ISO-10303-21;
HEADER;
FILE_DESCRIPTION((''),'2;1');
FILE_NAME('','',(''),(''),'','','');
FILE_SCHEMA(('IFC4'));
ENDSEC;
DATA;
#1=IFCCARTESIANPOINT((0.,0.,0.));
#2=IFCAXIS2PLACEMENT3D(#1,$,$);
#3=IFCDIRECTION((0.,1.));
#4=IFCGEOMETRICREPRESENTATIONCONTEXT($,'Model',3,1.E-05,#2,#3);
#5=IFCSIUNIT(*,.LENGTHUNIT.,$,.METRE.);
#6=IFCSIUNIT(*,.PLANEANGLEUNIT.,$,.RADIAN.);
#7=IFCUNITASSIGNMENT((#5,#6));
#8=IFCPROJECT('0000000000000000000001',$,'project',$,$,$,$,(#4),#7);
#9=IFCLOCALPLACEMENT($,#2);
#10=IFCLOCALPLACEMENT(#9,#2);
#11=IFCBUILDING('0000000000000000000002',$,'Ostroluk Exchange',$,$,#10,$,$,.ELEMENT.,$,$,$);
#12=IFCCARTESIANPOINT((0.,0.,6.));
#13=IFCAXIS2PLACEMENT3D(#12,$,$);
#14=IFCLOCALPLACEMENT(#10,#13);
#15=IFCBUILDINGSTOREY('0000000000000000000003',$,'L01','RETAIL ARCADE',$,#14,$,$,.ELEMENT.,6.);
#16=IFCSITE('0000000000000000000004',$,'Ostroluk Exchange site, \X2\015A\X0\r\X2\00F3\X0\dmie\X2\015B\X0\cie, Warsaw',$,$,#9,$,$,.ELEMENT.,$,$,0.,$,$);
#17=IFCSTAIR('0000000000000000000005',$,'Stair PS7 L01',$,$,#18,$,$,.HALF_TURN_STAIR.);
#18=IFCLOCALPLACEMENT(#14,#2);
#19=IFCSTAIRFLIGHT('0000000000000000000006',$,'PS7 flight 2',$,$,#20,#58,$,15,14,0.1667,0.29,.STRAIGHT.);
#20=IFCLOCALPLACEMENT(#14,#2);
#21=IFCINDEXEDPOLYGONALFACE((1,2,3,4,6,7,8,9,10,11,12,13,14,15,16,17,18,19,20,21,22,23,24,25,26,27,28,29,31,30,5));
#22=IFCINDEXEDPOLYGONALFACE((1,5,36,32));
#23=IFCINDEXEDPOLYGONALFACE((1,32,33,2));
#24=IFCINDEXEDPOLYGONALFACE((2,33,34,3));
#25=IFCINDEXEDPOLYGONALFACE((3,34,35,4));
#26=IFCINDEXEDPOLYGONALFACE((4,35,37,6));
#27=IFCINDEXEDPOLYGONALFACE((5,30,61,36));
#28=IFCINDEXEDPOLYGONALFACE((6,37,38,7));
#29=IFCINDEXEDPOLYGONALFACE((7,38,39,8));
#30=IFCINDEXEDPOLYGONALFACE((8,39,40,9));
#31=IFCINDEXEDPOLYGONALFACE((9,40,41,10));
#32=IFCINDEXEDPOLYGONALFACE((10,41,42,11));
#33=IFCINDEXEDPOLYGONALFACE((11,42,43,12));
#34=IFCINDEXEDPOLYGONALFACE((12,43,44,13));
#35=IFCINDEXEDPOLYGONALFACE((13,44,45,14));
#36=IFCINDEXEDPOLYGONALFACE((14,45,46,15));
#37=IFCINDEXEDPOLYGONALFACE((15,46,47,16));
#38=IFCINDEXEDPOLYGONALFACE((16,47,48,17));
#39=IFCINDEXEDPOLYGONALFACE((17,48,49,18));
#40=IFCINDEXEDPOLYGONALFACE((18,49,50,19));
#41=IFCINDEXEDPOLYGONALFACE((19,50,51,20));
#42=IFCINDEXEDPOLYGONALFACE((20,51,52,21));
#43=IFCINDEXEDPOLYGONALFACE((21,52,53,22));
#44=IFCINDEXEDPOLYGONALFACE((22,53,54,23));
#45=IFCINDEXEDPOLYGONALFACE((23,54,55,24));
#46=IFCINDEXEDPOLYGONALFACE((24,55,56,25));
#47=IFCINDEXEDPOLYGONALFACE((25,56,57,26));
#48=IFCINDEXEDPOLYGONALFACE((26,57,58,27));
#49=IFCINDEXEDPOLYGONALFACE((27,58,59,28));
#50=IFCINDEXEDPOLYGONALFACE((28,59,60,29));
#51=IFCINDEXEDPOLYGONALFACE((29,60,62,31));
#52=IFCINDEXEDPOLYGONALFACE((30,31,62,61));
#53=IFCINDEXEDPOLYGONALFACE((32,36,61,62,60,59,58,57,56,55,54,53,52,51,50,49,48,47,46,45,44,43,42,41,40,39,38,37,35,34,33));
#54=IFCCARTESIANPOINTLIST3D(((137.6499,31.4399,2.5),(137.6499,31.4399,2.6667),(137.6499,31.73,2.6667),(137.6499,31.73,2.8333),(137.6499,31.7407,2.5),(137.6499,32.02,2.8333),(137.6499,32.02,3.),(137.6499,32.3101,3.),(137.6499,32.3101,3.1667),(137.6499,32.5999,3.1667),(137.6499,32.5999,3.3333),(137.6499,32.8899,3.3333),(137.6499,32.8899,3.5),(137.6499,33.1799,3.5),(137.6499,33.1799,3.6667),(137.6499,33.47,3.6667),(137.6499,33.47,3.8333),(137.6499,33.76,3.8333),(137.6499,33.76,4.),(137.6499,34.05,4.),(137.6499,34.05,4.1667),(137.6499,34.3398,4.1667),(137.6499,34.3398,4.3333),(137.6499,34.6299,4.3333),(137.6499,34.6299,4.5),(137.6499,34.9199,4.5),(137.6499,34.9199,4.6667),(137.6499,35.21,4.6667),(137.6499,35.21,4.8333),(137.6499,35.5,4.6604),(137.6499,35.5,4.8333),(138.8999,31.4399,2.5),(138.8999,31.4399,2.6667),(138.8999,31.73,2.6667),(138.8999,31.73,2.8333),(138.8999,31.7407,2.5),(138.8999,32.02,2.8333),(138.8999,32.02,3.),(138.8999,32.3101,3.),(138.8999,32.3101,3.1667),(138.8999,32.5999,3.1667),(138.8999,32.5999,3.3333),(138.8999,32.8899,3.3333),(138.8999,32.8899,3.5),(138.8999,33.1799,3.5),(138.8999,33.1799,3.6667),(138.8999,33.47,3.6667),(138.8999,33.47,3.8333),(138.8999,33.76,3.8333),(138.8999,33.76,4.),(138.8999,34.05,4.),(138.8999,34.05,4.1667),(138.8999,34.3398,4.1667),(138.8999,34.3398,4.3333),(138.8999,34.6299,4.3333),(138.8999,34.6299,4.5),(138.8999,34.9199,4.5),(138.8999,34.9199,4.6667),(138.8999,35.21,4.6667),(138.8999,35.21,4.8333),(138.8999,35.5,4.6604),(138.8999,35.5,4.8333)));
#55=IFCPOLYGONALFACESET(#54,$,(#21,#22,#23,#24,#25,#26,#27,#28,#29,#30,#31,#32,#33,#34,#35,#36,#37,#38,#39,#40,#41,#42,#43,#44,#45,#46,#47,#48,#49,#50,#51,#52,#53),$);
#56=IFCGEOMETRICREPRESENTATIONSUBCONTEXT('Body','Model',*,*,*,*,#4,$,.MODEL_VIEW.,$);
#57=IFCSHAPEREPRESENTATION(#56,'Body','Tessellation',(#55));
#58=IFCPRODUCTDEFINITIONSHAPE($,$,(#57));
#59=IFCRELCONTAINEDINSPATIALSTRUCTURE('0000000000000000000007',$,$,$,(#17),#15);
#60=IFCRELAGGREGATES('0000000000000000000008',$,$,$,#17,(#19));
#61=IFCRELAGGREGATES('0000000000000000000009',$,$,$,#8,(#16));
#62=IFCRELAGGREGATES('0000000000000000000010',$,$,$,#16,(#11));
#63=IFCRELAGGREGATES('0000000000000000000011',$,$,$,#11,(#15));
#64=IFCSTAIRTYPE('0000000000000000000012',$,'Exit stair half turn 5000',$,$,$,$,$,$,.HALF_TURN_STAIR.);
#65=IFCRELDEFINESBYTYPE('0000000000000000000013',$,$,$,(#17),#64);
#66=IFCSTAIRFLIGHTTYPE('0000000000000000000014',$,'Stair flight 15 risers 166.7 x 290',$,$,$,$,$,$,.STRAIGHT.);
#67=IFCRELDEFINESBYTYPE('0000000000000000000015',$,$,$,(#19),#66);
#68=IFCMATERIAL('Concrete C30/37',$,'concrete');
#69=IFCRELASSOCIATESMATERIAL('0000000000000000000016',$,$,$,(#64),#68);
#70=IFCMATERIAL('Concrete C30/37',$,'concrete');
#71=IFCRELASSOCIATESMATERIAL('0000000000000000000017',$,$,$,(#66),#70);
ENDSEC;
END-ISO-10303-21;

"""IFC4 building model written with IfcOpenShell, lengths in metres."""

from ifc_helpers import new_model, si_unit, direction, frame, origin, place, context, subcontext, project, spatial, polyline, outline, extrude, material, type_object, element, aggregate, save


model = new_model("IFC4")

# Units and contexts
model_context = context("Model", 3, precision=1e-05, world=origin(), true_north=direction((0.0, 1.0)))
body_context = subcontext(model_context, "Body", "Model", "MODEL_VIEW")
ifc_project = project(units=[si_unit("LENGTHUNIT", "METRE"), si_unit("PLANEANGLEUNIT", "RADIAN")], contexts=[model_context])

# Site, building, storey
site_placement = place(None, origin())
site = spatial("IfcSite", under=ifc_project, at=site_placement, Name="Ostroluk Exchange site, Śródmieście, Warsaw", CompositionType="ELEMENT", RefElevation=0.0)
building_placement = place(site_placement, origin())
building = spatial("IfcBuilding", under=site, at=building_placement, Name="Ostroluk Exchange", CompositionType="ELEMENT")
storey_placement = place(building_placement, frame((0.0, 0.0, 6.0)))
storey = spatial("IfcBuildingStorey", under=building, at=storey_placement, Name="L01", Description="RETAIL ARCADE", CompositionType="ELEMENT", Elevation=6.0)

# Stair, stair flight
ifc_material_1 = material(Name="Concrete C30/37", Category="concrete")
stair_type = type_object("IfcStairType", Name="Exit stair half turn 5000", PredefinedType="HALF_TURN_STAIR", material=ifc_material_1)
stair_placement = place(storey_placement, origin())
stair = element("IfcStair", 1, at=stair_placement, inside=storey, type_object=stair_type, Name="Stair PS7 L01", PredefinedType="HALF_TURN_STAIR")
ifc_material_2 = material(Name="Concrete C30/37", Category="concrete")
stair_flight_type = type_object("IfcStairFlightType", Name="Stair flight 15 risers 166.7 x 290", PredefinedType="STRAIGHT", material=ifc_material_2)
stair_flight_1_placement = place(storey_placement, frame((138.2749, 31.4399, 2.5), z_axis=(0.0, 0.0, 1.0), x_axis=(0.0, 1.0, 0.0)))
stair_flight_1 = element("IfcStairFlight", 2, at=stair_flight_1_placement, type_object=stair_flight_type, Name="PS7 flight 2", NumberOfRisers=15, NumberOfTreads=14, PredefinedType="STRAIGHT", RiserHeight=0.1667, TreadLength=0.29, context=body_context, shape_type="SweptSolid", body=[
    extrude(outline(polyline([(0.0, 0.0), (0.0, 0.1667), (0.29, 0.1667), (0.29, 0.3333), (0.5801, 0.3333), (0.5801, 0.5), (0.8701, 0.5), (0.8701, 0.6667), (1.1599, 0.6667), (1.1599, 0.8333), (1.45, 0.8333), (1.45, 1.0), (1.74, 1.0), (1.74, 1.1667), (2.03, 1.1667), (2.03, 1.3333), (2.3201, 1.3333), (2.3201, 1.5), (2.6101, 1.5), (2.6101, 1.6667), (2.8999, 1.6667), (2.8999, 1.8333), (3.1899, 1.8333), (3.1899, 2.0), (3.48, 2.0), (3.48, 2.1667), (3.77, 2.1667), (3.77, 2.3333), (4.0601, 2.3333), (4.0601, 2.5), (4.0601, 2.1604), (0.3008, 0.0), (0.0, 0.0)])), frame((0.0, 0.625, 0.0), z_axis=(0.0, -1.0, 0.0), x_axis=(1.0, 0.0, 0.0)), (0.0, 0.0, 1.0), 1.25),
])
aggregate(stair, [stair_flight_1])

save(model, "model.ifc")
